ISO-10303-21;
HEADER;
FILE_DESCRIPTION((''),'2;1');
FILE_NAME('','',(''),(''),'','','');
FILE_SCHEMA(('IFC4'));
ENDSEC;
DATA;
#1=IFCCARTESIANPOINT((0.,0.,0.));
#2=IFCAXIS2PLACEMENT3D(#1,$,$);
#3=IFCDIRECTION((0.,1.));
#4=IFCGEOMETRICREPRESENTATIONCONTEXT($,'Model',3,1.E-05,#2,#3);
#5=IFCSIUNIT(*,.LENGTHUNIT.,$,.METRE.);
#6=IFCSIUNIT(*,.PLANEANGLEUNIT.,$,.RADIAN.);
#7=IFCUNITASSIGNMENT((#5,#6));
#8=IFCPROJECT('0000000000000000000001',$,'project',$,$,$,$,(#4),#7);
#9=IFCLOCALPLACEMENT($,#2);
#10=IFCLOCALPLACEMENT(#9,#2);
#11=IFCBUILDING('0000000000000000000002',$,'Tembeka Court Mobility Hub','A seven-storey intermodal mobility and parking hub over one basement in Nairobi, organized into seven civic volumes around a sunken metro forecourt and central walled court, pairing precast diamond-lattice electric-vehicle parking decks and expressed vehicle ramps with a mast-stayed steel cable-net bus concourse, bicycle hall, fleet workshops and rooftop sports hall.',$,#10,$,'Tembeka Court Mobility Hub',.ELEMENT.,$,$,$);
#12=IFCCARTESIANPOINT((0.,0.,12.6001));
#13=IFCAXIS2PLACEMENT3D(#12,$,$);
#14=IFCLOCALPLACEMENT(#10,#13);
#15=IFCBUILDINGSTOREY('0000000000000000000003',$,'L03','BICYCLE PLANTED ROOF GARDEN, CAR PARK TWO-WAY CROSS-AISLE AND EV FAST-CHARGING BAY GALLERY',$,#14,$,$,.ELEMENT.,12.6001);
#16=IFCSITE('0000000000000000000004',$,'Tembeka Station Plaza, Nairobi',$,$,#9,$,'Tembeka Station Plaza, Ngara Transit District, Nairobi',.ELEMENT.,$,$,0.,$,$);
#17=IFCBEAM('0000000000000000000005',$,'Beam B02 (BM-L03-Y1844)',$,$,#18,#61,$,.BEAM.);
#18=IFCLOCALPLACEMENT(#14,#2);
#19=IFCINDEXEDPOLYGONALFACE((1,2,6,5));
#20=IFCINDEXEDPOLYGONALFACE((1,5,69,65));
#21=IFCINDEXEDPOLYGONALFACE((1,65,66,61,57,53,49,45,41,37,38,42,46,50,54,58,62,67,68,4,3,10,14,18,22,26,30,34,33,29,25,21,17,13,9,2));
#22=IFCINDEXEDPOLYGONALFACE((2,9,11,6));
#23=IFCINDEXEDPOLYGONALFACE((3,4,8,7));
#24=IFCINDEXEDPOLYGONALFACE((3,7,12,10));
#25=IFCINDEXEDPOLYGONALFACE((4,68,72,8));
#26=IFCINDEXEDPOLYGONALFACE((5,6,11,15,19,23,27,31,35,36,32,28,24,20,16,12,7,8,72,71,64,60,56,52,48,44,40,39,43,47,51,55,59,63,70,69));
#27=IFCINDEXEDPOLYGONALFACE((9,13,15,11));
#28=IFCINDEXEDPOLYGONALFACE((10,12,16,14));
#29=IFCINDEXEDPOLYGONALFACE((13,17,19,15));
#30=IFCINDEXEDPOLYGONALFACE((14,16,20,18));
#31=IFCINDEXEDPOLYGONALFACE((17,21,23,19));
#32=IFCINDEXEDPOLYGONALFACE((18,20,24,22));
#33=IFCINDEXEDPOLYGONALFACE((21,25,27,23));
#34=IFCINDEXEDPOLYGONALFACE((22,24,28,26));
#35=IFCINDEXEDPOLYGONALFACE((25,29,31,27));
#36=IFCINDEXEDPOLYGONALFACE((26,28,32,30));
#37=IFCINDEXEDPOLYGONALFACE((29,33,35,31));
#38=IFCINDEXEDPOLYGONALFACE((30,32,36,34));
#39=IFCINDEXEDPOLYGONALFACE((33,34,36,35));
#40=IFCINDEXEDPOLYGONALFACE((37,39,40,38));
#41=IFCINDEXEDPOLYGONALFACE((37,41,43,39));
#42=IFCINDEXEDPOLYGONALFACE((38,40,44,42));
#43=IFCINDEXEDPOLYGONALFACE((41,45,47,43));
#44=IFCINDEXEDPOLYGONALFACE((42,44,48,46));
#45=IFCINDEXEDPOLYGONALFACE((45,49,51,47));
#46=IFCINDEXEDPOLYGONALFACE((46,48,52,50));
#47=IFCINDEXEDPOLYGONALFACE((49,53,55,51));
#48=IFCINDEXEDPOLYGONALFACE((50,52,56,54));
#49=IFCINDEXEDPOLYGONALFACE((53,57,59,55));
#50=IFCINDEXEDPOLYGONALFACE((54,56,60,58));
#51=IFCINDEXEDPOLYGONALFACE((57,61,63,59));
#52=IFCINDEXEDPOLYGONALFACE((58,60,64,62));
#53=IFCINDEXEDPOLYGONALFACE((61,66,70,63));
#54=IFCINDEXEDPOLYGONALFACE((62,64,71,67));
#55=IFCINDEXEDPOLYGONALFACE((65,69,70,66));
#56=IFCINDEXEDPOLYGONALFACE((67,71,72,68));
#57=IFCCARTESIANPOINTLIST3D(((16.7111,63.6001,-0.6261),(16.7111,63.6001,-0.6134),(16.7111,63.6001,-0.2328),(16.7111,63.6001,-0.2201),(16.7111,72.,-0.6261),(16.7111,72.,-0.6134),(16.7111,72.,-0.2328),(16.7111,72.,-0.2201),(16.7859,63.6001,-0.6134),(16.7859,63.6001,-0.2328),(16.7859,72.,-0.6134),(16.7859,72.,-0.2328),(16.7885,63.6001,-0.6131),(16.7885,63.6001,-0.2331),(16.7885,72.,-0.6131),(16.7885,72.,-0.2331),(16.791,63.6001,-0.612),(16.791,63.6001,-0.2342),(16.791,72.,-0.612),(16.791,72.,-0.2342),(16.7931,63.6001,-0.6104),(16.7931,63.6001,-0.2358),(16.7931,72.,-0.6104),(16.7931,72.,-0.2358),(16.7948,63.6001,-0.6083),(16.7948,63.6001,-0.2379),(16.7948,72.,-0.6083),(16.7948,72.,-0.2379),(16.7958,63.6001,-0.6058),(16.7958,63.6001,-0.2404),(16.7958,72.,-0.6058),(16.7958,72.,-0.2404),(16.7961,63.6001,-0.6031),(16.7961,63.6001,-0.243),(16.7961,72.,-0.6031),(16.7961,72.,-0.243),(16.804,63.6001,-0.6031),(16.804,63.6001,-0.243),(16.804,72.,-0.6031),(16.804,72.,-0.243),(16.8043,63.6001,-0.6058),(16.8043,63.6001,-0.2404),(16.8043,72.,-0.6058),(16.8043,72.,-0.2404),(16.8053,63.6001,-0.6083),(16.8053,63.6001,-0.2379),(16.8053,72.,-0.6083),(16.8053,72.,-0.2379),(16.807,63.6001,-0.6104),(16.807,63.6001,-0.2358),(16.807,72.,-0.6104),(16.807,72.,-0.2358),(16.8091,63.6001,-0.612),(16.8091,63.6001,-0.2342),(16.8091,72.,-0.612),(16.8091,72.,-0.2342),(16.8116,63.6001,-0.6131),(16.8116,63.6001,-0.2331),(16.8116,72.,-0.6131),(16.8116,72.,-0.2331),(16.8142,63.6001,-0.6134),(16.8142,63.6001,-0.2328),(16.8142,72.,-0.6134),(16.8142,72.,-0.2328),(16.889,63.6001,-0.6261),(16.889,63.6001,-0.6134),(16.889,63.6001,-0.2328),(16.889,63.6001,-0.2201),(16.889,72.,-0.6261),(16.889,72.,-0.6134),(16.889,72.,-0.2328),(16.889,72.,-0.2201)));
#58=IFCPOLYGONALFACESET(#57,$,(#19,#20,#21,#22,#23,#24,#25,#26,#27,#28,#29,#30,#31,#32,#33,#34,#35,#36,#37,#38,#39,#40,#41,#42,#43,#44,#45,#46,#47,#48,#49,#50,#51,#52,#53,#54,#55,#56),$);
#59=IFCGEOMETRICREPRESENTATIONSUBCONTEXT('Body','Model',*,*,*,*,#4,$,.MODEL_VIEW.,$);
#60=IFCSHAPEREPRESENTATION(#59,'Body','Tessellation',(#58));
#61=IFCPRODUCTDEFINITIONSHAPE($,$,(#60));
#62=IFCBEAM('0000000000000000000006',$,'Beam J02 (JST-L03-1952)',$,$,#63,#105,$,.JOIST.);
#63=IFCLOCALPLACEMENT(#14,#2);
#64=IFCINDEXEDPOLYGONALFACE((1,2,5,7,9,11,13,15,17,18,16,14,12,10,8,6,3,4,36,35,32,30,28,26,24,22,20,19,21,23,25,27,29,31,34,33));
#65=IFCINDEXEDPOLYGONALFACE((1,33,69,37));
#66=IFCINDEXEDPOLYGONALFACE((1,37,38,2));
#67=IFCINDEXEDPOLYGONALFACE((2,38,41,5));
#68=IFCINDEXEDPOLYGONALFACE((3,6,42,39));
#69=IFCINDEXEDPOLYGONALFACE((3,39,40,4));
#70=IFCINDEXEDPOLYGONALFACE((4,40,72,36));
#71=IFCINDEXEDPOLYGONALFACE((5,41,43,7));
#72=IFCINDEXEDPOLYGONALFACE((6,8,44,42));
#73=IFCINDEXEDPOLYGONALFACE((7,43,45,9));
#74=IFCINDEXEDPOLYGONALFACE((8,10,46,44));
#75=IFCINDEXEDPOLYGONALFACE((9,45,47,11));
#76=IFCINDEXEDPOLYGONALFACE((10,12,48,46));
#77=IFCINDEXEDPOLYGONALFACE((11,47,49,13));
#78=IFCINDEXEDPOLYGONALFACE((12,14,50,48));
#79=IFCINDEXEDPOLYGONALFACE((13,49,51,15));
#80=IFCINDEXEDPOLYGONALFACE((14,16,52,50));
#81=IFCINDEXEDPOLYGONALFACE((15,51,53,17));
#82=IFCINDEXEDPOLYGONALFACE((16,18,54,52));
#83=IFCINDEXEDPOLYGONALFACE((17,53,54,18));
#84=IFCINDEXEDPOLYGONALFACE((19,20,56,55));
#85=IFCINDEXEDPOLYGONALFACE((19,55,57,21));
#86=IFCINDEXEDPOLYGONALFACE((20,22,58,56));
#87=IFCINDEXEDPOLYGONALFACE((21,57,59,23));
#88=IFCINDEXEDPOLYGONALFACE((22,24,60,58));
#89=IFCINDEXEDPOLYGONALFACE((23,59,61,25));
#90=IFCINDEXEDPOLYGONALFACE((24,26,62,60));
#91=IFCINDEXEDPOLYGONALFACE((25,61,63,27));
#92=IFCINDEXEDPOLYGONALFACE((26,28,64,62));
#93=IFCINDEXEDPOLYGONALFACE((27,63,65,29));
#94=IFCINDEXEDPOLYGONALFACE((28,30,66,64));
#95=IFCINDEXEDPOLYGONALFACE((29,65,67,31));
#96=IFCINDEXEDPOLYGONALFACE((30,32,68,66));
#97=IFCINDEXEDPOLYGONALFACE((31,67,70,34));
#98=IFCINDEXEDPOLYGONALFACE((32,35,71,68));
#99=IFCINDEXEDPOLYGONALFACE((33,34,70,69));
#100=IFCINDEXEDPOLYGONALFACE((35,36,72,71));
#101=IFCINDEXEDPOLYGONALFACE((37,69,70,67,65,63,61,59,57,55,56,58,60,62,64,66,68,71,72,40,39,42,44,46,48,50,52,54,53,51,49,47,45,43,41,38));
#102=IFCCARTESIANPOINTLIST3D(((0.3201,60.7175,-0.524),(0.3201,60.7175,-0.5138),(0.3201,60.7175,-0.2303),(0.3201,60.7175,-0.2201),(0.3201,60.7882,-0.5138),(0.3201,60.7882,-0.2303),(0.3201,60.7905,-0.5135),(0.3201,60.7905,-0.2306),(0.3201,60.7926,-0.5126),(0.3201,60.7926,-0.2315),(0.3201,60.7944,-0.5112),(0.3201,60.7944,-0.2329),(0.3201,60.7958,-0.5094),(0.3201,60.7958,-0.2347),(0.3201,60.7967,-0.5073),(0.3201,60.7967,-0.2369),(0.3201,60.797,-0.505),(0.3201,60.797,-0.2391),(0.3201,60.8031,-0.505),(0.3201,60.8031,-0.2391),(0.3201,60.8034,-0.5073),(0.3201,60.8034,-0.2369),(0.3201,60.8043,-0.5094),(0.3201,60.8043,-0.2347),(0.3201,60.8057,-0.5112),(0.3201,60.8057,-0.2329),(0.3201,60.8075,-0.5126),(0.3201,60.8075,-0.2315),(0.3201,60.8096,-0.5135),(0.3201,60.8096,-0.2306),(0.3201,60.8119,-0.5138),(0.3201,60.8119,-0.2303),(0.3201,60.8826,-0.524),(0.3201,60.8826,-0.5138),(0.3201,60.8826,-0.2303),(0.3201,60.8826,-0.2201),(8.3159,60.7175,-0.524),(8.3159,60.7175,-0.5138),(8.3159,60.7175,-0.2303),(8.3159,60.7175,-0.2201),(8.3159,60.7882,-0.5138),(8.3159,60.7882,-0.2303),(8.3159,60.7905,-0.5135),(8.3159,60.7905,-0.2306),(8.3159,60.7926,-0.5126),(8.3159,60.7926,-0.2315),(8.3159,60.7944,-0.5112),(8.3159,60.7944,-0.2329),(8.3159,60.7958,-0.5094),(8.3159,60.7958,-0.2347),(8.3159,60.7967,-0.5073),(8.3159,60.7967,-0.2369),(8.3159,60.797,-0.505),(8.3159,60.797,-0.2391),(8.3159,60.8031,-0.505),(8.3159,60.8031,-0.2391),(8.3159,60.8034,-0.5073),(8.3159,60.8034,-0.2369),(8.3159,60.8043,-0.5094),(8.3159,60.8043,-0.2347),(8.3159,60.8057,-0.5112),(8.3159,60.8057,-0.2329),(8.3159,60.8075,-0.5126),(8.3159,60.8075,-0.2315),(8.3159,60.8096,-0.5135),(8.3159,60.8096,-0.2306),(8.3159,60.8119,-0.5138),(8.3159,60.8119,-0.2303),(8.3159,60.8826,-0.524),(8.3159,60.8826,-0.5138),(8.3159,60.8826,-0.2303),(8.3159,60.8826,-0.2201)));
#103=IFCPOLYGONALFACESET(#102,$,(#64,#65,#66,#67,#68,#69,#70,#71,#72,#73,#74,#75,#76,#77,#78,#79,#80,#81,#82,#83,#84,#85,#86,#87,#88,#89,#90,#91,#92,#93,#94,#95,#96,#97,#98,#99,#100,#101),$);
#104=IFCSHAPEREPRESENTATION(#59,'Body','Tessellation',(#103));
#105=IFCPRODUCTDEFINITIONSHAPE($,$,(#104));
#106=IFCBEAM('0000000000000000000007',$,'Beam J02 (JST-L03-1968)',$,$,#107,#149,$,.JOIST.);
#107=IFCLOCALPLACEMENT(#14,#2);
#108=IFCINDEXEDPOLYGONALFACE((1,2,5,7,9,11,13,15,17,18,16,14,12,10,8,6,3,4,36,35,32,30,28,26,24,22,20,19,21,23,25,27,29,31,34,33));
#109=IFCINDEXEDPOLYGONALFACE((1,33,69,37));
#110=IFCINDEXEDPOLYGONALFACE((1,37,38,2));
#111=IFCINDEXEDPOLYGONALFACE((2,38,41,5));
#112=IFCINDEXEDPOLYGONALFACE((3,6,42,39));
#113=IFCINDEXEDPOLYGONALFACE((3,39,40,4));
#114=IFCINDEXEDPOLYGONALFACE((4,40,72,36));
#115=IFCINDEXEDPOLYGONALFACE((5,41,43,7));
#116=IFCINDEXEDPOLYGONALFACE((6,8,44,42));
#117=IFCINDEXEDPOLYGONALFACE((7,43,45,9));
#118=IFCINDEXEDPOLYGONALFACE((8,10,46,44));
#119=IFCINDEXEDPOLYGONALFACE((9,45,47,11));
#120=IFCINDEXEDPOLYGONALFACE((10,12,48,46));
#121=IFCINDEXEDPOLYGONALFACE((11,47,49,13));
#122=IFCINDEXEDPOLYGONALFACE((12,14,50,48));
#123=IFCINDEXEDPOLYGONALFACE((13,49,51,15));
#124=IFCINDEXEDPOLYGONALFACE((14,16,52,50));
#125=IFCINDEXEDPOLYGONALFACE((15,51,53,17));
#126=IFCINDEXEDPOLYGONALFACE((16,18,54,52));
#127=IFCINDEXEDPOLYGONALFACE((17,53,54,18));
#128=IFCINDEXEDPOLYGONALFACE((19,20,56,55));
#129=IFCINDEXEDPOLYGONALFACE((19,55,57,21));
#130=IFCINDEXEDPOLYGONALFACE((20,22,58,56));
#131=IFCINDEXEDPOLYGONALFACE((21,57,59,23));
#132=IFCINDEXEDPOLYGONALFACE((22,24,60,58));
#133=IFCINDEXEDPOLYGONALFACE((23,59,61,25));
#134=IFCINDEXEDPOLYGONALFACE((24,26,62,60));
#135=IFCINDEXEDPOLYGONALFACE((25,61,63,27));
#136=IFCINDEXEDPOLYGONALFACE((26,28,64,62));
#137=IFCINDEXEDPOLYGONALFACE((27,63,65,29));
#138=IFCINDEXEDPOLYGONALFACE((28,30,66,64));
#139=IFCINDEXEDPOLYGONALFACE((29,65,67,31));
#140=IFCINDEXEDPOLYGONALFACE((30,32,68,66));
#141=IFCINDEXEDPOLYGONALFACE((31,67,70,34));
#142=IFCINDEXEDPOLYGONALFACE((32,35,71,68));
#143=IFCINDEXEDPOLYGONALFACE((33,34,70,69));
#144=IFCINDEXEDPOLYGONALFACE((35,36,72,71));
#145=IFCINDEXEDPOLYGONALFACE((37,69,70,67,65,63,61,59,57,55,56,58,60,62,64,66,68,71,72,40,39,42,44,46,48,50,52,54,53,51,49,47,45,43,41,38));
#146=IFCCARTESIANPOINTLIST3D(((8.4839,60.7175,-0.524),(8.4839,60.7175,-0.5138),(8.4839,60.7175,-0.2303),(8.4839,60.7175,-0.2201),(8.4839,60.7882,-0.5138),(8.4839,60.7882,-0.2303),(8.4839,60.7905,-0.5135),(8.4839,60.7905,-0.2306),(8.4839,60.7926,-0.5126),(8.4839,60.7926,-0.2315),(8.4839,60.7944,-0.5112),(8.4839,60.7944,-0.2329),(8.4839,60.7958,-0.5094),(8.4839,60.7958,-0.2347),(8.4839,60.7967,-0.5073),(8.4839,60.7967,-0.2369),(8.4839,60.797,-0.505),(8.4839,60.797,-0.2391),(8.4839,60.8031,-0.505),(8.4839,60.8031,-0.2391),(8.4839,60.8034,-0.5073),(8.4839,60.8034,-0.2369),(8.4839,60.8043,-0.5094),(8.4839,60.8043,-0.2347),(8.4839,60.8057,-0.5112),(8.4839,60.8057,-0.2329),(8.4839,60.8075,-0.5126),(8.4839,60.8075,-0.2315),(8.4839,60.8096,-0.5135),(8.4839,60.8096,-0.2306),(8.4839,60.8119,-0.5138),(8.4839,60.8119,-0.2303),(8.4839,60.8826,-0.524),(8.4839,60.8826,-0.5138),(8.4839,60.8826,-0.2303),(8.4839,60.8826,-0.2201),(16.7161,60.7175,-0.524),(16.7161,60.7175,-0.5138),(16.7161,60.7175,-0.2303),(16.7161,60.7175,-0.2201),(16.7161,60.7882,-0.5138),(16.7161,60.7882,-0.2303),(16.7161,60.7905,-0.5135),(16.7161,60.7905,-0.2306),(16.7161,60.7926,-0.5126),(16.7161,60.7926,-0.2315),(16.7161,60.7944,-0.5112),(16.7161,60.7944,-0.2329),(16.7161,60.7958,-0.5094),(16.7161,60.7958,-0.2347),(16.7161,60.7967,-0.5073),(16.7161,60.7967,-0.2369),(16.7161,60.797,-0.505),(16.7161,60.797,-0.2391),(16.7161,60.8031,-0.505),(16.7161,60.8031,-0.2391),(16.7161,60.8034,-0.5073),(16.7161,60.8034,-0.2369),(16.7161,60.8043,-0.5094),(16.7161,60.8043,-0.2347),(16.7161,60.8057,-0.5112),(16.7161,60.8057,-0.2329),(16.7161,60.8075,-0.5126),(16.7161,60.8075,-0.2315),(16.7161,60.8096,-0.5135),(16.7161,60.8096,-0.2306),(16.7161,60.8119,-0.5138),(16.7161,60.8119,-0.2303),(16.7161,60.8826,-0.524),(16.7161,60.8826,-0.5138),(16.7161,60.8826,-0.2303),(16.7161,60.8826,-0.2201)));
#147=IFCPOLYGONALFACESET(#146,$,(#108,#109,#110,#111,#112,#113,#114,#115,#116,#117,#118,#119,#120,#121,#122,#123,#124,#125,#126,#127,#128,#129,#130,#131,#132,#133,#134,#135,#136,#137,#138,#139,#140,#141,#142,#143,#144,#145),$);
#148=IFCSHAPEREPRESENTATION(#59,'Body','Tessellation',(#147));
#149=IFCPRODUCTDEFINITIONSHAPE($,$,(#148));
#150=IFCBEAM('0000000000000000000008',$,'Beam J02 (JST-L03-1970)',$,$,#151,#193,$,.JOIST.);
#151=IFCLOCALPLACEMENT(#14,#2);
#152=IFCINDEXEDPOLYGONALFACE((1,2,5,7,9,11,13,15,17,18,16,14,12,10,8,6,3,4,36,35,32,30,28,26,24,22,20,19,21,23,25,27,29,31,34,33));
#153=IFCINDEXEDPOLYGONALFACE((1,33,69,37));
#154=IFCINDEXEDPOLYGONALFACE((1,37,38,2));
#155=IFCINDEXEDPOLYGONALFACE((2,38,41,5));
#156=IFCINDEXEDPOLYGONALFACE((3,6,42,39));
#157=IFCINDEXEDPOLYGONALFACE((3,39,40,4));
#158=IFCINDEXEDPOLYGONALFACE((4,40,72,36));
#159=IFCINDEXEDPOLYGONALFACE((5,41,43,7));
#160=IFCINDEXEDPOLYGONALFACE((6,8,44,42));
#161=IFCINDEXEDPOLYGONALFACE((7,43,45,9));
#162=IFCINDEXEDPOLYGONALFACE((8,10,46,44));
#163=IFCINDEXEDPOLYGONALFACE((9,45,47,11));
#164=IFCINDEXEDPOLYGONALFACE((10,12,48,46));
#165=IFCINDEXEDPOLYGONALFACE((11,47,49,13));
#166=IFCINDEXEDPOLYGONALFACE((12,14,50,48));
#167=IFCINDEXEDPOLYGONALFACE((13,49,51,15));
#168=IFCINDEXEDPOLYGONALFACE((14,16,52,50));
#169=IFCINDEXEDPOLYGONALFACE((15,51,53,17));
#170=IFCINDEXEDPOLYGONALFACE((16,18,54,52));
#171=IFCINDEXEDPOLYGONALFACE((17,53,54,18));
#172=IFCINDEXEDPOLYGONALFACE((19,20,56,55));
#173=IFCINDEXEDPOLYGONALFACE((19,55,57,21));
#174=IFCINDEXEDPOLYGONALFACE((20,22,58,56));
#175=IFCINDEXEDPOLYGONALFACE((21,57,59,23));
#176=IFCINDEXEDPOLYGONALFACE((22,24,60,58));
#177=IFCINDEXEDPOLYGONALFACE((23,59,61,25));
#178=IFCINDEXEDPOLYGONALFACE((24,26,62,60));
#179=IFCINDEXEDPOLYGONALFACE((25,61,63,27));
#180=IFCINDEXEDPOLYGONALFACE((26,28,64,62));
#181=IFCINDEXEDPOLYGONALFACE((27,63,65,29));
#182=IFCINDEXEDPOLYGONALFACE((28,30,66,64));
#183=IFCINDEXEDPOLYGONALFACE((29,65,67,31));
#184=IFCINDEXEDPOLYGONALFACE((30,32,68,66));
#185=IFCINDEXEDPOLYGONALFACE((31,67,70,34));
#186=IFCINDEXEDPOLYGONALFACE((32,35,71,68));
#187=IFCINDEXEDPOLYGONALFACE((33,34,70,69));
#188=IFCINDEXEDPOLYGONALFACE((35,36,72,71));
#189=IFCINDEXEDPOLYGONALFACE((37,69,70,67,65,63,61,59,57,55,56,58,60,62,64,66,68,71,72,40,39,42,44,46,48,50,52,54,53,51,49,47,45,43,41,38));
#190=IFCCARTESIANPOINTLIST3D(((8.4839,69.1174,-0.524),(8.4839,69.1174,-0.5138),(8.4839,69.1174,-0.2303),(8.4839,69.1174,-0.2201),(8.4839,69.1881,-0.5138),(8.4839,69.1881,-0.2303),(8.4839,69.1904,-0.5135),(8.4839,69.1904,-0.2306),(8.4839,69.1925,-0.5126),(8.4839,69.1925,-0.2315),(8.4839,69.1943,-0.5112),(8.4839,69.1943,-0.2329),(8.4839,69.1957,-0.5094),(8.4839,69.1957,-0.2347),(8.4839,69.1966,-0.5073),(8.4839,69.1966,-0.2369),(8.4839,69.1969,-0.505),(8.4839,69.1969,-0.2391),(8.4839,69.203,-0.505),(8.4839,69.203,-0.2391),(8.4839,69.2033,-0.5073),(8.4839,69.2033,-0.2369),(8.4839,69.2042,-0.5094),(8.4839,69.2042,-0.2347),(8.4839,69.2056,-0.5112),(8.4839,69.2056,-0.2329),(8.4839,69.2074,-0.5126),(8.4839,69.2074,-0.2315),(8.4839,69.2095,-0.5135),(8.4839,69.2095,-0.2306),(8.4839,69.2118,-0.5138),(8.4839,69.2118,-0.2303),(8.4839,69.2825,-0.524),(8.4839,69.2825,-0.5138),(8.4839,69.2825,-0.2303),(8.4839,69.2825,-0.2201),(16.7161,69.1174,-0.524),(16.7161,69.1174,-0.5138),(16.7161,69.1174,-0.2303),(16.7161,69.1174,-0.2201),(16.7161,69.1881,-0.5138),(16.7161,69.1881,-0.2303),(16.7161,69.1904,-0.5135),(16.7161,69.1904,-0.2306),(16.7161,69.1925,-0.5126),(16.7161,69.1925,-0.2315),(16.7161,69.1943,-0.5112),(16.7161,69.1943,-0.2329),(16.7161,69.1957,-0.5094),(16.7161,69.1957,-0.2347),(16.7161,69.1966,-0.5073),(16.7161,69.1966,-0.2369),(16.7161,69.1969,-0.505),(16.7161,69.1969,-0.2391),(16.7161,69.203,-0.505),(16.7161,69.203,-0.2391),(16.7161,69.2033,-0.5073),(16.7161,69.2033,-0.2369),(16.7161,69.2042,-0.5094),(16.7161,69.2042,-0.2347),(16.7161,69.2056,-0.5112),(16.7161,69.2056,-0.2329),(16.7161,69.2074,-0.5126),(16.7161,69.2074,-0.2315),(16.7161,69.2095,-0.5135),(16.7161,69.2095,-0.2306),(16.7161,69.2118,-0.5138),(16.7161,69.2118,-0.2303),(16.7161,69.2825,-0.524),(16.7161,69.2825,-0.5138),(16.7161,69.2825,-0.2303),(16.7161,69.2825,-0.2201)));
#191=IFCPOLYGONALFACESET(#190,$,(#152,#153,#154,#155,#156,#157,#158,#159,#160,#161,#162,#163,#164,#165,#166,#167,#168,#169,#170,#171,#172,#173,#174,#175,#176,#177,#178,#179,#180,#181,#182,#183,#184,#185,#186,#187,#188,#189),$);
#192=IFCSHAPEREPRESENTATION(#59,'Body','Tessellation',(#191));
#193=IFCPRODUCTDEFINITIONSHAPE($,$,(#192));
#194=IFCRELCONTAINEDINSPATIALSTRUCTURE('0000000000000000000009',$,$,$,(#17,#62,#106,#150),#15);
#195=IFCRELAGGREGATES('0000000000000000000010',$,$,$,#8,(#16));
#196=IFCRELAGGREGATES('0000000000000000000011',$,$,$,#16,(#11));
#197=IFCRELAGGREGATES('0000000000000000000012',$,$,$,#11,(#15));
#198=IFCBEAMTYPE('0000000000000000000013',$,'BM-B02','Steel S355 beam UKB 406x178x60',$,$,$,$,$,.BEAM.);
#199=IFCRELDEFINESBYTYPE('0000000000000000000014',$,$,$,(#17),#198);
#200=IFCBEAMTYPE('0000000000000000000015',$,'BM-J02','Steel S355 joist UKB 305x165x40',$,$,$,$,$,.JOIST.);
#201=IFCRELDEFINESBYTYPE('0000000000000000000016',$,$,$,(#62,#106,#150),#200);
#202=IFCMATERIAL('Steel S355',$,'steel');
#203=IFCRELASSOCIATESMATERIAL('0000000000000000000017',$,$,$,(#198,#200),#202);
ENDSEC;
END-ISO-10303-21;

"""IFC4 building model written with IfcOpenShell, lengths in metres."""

from ifc_helpers import new_model, si_unit, direction, frame, origin, origin_2d, place, context, subcontext, project, spatial, i_section, extrude, material, material_profile, profile_set, type_object, element, save


model = new_model("IFC4")

# Units and contexts
model_context = context("Model", 3, precision=1e-05, world=origin(), true_north=direction((0.0, 1.0)))
body_context = subcontext(model_context, "Body", "Model", "MODEL_VIEW")
ifc_project = project(units=[si_unit("LENGTHUNIT", "METRE"), si_unit("PLANEANGLEUNIT", "RADIAN")], contexts=[model_context])

# Site, building, storey
site_placement = place(None, origin())
site = spatial("IfcSite", under=ifc_project, at=site_placement, Name="Tembeka Station Plaza, Nairobi", LongName="Tembeka Station Plaza, Ngara Transit District, Nairobi", CompositionType="ELEMENT", RefElevation=0.0)
building_placement = place(site_placement, origin())
building = spatial("IfcBuilding", under=site, at=building_placement, Name="Tembeka Court Mobility Hub", Description="A seven-storey intermodal mobility and parking hub over one basement in Nairobi, organized into seven civic volumes around a sunken metro forecourt and central walled court, pairing precast diamond-lattice electric-vehicle parking decks and expressed vehicle ramps with a mast-stayed steel cable-net bus concourse, bicycle hall, fleet workshops and rooftop sports hall.", LongName="Tembeka Court Mobility Hub", CompositionType="ELEMENT")
storey_placement = place(building_placement, frame((0.0, 0.0, 12.6001)))
storey = spatial("IfcBuildingStorey", under=building, at=storey_placement, Name="L03", Description="BICYCLE PLANTED ROOF GARDEN, CAR PARK TWO-WAY CROSS-AISLE AND EV FAST-CHARGING BAY GALLERY", CompositionType="ELEMENT", Elevation=12.6001)

# Shared definitions
ifc_material_1 = material(Name="Steel S355", Category="steel")

# Beams
ifc_material_profile_1 = material_profile(ifc_material_1, i_section(OverallWidth=0.178, OverallDepth=0.406, WebThickness=0.0078, FlangeThickness=0.0127, FilletRadius=0.0103, at=origin_2d()), Name="UKB 406x178x60")
ifc_profile_set_1 = profile_set([ifc_material_profile_1], Name="Steel S355")
beam_type_1 = type_object("IfcBeamType", Name="BM-B02", Description="Steel S355 beam UKB 406x178x60", PredefinedType="BEAM", material=ifc_profile_set_1)
for number, where, z_axis, x_axis, name in (
    (1, (16.8, 63.6001, -0.4231), (0.0, 1.0, 0.0), (-1.0, 0.0, 0.0), "Beam B02 (BM-L03-Y1844)"),
):
    element("IfcBeam", number, at=place(storey_placement, frame(where, z_axis=z_axis, x_axis=x_axis)), inside=storey, type_object=beam_type_1, Name=name, PredefinedType="BEAM", context=body_context, shape_type="SweptSolid", body=[
        extrude(i_section(OverallWidth=0.178, OverallDepth=0.406, WebThickness=0.0078, FlangeThickness=0.0127, FilletRadius=0.0103, at=origin_2d()), origin(), (0.0, 0.0, 1.0), 8.3999),
    ])
ifc_material_profile_2 = material_profile(ifc_material_1, i_section(OverallWidth=0.165, OverallDepth=0.304, WebThickness=0.0061, FlangeThickness=0.0103, FilletRadius=0.0088, at=origin_2d()), Name="UKB 305x165x40")
ifc_profile_set_2 = profile_set([ifc_material_profile_2], Name="Steel S355")
beam_type_2 = type_object("IfcBeamType", Name="BM-J02", Description="Steel S355 joist UKB 305x165x40", PredefinedType="JOIST", material=ifc_profile_set_2)
beam_1_placement = place(storey_placement, frame((0.3201, 60.8, -0.3721), z_axis=(1.0, 0.0, 0.0), x_axis=(0.0, 1.0, 0.0)))
element("IfcBeam", 2, at=beam_1_placement, inside=storey, type_object=beam_type_2, Name="Beam J02 (JST-L03-1952)", PredefinedType="JOIST", context=body_context, shape_type="SweptSolid", body=[
    extrude(i_section(OverallWidth=0.165, OverallDepth=0.304, WebThickness=0.0061, FlangeThickness=0.0103, FilletRadius=0.0088, at=origin_2d()), origin(), (0.0, 0.0, 1.0), 7.9958),
])
for number, where, z_axis, x_axis, name in (
    (3, (8.4839, 60.8, -0.3721), (1.0, 0.0, 0.0), (0.0, 1.0, 0.0), "Beam J02 (JST-L03-1968)"),
    (4, (8.4839, 69.2, -0.3721), (1.0, 0.0, 0.0), (0.0, 1.0, 0.0), "Beam J02 (JST-L03-1970)"),
):
    element("IfcBeam", number, at=place(storey_placement, frame(where, z_axis=z_axis, x_axis=x_axis)), inside=storey, type_object=beam_type_2, Name=name, PredefinedType="JOIST", context=body_context, shape_type="SweptSolid", body=[
        extrude(i_section(OverallWidth=0.165, OverallDepth=0.304, WebThickness=0.0061, FlangeThickness=0.0103, FilletRadius=0.0088, at=origin_2d()), origin(), (0.0, 0.0, 1.0), 8.2322),
    ])

save(model, "model.ifc")
